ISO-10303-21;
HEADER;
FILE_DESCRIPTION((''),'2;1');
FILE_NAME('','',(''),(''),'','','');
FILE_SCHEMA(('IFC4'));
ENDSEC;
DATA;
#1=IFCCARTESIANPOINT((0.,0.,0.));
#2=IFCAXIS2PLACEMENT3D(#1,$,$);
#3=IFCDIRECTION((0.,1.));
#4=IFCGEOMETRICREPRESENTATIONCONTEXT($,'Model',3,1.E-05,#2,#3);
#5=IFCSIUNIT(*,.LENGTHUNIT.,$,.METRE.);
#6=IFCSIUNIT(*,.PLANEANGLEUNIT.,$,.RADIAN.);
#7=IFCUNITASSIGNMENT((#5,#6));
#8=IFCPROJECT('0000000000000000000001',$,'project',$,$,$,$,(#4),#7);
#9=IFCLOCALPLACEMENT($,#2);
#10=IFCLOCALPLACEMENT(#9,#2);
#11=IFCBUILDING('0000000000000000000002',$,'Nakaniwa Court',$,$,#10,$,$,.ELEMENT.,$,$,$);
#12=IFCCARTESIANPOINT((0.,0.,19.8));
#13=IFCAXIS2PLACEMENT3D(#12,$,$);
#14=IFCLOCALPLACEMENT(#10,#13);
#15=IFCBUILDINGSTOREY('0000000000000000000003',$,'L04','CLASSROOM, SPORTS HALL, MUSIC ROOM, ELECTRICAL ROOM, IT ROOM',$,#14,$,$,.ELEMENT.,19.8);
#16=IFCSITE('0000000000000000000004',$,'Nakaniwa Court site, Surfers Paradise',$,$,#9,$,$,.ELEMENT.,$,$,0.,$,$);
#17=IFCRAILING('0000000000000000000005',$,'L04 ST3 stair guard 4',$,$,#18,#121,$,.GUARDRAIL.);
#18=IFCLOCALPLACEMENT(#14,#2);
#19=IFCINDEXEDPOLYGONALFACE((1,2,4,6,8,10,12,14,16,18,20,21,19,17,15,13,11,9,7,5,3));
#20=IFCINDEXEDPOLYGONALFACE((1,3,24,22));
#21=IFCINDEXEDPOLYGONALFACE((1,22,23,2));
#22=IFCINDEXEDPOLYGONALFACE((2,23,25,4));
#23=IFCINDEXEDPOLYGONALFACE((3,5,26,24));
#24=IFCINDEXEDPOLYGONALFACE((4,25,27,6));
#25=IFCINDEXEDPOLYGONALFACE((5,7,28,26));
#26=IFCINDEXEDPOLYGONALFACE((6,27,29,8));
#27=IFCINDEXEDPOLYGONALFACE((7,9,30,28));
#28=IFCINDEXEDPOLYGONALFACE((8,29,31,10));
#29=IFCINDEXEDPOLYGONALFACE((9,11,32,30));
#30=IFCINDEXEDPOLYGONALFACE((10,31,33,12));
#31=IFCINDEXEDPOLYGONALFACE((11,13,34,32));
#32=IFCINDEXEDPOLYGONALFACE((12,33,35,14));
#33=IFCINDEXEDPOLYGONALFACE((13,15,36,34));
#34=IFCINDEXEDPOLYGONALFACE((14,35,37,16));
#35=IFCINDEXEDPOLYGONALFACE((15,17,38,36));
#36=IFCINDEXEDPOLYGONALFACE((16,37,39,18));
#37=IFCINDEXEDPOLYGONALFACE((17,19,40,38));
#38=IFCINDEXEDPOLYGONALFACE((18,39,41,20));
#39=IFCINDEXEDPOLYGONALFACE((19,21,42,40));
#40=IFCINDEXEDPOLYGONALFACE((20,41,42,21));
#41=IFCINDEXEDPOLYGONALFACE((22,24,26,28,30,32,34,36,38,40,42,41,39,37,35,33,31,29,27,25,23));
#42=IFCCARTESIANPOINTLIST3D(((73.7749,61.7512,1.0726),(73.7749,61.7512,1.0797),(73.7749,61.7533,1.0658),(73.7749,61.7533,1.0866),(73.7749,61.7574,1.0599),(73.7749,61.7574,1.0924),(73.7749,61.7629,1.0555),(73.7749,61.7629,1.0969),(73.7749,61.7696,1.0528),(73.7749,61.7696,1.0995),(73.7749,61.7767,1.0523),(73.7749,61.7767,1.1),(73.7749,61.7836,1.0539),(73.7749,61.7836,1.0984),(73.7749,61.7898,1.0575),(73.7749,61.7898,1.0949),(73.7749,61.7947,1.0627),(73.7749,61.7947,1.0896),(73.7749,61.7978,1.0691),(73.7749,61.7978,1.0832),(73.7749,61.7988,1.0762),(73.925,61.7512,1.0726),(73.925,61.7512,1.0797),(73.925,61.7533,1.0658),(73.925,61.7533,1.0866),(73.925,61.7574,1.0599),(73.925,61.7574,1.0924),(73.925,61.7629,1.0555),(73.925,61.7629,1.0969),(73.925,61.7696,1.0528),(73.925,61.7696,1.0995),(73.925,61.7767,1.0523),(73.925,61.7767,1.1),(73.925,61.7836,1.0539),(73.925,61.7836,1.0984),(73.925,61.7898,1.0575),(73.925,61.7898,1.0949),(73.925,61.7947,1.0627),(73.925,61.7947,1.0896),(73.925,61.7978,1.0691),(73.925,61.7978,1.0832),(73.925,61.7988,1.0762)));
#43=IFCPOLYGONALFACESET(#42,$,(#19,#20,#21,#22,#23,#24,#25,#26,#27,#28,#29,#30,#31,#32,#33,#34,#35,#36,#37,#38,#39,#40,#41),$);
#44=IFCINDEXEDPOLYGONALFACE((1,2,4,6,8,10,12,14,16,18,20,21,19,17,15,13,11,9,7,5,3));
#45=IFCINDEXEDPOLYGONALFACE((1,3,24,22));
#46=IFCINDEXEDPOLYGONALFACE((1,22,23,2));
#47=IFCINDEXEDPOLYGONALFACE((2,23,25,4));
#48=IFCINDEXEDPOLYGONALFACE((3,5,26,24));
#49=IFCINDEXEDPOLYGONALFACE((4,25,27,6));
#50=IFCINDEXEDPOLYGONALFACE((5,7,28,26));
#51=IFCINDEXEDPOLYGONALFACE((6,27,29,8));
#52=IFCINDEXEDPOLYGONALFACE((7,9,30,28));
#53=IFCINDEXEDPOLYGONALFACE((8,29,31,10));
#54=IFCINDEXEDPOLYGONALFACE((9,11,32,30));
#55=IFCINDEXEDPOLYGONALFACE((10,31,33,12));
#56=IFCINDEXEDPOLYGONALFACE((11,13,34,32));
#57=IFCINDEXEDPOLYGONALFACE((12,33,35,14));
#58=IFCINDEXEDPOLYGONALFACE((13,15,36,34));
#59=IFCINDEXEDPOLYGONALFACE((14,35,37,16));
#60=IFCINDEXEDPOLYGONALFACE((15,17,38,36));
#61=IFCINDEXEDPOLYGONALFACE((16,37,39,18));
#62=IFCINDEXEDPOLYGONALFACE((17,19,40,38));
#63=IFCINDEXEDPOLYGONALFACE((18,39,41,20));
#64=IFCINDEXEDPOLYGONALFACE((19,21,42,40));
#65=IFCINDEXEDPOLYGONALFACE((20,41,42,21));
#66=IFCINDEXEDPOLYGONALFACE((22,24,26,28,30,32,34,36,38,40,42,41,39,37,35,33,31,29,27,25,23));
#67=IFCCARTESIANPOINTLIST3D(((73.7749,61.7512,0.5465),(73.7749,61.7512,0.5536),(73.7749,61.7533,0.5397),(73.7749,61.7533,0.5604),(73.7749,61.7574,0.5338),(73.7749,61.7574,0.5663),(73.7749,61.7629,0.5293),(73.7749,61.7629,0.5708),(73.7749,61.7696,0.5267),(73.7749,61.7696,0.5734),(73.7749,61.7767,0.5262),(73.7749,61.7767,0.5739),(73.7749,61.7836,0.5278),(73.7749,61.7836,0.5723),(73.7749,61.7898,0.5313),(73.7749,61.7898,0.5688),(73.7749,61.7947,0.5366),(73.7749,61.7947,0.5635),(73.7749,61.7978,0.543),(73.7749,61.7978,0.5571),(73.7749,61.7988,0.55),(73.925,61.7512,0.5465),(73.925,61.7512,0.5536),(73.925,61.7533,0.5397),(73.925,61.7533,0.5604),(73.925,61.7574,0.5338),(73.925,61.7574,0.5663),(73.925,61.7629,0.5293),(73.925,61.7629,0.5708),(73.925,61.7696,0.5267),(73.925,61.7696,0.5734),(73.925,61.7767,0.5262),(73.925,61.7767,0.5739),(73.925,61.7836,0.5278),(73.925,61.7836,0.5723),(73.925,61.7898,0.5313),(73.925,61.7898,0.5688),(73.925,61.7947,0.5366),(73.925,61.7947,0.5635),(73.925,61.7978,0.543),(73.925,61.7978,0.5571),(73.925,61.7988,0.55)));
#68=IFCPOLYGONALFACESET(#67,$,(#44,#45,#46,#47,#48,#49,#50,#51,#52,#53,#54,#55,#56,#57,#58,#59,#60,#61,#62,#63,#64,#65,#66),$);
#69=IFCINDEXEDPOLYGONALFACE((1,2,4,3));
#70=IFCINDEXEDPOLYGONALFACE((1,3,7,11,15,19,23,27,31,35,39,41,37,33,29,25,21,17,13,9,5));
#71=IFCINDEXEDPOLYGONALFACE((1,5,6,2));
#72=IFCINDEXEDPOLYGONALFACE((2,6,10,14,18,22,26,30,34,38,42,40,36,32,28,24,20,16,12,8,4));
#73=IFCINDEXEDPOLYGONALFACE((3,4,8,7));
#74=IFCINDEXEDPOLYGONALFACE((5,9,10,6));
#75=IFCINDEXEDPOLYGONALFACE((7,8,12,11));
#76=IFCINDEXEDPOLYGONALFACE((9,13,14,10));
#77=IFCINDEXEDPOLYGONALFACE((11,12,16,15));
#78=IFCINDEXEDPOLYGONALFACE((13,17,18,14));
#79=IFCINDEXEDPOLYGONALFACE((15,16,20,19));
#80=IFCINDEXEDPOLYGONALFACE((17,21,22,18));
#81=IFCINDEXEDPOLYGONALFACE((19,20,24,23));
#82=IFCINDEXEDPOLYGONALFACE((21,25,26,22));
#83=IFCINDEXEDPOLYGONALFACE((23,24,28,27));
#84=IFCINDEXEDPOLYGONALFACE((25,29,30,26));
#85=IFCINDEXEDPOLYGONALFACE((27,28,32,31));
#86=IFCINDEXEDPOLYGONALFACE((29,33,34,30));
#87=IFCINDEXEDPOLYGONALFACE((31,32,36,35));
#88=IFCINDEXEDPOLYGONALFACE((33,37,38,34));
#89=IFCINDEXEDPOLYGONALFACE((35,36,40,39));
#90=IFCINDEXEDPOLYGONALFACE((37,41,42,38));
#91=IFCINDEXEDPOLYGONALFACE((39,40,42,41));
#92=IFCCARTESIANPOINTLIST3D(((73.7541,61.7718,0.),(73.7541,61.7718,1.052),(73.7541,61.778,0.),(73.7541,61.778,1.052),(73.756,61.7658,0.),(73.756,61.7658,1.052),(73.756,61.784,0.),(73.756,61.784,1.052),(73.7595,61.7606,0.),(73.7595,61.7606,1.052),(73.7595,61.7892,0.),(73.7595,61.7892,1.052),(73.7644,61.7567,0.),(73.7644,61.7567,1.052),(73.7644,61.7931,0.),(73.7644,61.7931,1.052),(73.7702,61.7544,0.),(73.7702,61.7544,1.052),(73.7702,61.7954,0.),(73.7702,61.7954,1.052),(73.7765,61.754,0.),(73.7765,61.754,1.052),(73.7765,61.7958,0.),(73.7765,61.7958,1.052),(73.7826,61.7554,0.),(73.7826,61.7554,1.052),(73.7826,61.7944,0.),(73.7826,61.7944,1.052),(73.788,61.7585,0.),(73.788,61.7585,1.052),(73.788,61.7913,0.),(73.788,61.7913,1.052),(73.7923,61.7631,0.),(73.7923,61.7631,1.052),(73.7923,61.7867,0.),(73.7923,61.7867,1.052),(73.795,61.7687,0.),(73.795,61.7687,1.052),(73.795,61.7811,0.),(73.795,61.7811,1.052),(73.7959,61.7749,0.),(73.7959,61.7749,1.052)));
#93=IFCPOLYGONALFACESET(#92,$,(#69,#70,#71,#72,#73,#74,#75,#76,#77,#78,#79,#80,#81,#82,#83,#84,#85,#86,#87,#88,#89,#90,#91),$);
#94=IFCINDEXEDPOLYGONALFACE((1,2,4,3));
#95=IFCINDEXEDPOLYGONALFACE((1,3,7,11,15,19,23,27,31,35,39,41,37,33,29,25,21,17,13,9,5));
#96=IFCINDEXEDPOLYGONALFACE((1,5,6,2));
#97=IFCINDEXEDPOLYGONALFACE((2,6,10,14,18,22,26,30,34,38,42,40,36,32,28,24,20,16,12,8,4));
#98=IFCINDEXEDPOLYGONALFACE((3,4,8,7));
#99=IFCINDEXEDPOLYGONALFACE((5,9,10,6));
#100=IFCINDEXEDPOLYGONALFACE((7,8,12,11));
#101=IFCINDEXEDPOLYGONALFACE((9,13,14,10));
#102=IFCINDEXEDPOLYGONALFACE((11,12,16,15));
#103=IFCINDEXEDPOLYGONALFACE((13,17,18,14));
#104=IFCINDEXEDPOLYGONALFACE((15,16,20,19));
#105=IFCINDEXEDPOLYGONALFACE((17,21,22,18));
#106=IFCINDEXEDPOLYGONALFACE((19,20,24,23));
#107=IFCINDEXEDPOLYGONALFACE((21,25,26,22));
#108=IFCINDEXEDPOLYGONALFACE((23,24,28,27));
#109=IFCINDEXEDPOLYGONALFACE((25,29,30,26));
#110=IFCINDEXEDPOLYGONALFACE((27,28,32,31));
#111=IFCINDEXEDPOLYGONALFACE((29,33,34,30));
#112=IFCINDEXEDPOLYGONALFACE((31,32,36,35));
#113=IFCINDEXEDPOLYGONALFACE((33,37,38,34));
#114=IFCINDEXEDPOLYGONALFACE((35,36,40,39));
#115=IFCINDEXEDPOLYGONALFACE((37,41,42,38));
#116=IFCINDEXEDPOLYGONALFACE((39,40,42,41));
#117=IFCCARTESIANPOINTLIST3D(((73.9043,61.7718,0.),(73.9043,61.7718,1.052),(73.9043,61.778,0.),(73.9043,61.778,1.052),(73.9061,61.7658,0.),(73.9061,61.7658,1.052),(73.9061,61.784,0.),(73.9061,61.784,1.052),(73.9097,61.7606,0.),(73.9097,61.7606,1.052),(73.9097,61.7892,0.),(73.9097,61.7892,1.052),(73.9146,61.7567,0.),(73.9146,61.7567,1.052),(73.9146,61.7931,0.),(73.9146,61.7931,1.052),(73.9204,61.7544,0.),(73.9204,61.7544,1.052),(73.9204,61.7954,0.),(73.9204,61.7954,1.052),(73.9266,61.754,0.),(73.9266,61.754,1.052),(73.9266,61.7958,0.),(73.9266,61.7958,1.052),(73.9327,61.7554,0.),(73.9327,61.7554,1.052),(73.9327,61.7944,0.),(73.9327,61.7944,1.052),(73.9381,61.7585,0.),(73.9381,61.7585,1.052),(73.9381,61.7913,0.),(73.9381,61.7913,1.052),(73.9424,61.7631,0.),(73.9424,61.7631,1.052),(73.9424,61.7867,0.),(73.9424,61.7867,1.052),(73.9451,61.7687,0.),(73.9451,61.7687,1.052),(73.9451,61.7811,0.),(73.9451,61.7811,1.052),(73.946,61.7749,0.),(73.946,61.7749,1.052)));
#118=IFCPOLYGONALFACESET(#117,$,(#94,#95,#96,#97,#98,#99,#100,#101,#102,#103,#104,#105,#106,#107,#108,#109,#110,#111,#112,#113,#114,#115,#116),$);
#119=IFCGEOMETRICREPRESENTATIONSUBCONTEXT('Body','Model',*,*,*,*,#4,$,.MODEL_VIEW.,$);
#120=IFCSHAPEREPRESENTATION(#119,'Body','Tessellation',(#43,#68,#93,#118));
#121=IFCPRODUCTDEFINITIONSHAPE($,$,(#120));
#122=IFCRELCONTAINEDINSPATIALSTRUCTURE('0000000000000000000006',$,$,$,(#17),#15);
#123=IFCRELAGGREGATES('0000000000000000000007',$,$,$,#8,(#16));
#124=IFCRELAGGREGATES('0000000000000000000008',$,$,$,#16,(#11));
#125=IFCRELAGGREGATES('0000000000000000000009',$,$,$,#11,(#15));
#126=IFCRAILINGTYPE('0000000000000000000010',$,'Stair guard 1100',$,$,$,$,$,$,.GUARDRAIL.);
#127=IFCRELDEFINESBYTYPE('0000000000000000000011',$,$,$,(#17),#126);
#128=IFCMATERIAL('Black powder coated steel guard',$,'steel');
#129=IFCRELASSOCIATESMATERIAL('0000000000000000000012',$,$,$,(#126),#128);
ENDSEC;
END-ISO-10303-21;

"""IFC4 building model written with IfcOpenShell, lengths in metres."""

from ifc_helpers import new_model, si_unit, direction, frame, origin, origin_2d, place, context, subcontext, project, spatial, circle, extrude, material, type_object, element, save


model = new_model("IFC4")

# Units and contexts
model_context = context("Model", 3, precision=1e-05, world=origin(), true_north=direction((0.0, 1.0)))
body_context = subcontext(model_context, "Body", "Model", "MODEL_VIEW")
ifc_project = project(units=[si_unit("LENGTHUNIT", "METRE"), si_unit("PLANEANGLEUNIT", "RADIAN")], contexts=[model_context])

# Site, building, storey
site_placement = place(None, origin())
site = spatial("IfcSite", under=ifc_project, at=site_placement, Name="Nakaniwa Court site, Surfers Paradise", CompositionType="ELEMENT", RefElevation=0.0)
building_placement = place(site_placement, origin())
building = spatial("IfcBuilding", under=site, at=building_placement, Name="Nakaniwa Court", CompositionType="ELEMENT")
storey_placement = place(building_placement, frame((0.0, 0.0, 19.8)))
storey = spatial("IfcBuildingStorey", under=building, at=storey_placement, Name="L04", Description="CLASSROOM, SPORTS HALL, MUSIC ROOM, ELECTRICAL ROOM, IT ROOM", CompositionType="ELEMENT", Elevation=19.8)

# Railing
ifc_material_1 = material(Name="Black powder coated steel guard", Category="steel")
railing_type_1 = type_object("IfcRailingType", Name="Stair guard 1100", PredefinedType="GUARDRAIL", material=ifc_material_1)
railing_1_placement = place(storey_placement, frame((73.7749, 61.7749, 0.0)))
element("IfcRailing", 1, at=railing_1_placement, inside=storey, type_object=railing_type_1, Name="L04 ST3 stair guard 4", PredefinedType="GUARDRAIL", context=body_context, shape_type="SweptSolid", body=[
    extrude(circle(Radius=0.0239, at=origin_2d()), frame((0.0, 0.0, 1.0762), z_axis=(1.0, 0.0, 0.0), x_axis=(0.0, 1.0, 0.0)), (0.0, 0.0, 1.0), 0.1501),
    extrude(circle(Radius=0.0239, at=origin_2d()), frame((0.0, 0.0, 0.55), z_axis=(1.0, 0.0, 0.0), x_axis=(0.0, 1.0, 0.0)), (0.0, 0.0, 1.0), 0.1501),
    extrude(circle(Radius=0.021, at=origin_2d()), origin(), (0.0, 0.0, 1.0), 1.052),
    extrude(circle(Radius=0.021, at=origin_2d()), frame((0.1501, 0.0, 0.0)), (0.0, 0.0, 1.0), 1.052),
])

save(model, "model.ifc")
